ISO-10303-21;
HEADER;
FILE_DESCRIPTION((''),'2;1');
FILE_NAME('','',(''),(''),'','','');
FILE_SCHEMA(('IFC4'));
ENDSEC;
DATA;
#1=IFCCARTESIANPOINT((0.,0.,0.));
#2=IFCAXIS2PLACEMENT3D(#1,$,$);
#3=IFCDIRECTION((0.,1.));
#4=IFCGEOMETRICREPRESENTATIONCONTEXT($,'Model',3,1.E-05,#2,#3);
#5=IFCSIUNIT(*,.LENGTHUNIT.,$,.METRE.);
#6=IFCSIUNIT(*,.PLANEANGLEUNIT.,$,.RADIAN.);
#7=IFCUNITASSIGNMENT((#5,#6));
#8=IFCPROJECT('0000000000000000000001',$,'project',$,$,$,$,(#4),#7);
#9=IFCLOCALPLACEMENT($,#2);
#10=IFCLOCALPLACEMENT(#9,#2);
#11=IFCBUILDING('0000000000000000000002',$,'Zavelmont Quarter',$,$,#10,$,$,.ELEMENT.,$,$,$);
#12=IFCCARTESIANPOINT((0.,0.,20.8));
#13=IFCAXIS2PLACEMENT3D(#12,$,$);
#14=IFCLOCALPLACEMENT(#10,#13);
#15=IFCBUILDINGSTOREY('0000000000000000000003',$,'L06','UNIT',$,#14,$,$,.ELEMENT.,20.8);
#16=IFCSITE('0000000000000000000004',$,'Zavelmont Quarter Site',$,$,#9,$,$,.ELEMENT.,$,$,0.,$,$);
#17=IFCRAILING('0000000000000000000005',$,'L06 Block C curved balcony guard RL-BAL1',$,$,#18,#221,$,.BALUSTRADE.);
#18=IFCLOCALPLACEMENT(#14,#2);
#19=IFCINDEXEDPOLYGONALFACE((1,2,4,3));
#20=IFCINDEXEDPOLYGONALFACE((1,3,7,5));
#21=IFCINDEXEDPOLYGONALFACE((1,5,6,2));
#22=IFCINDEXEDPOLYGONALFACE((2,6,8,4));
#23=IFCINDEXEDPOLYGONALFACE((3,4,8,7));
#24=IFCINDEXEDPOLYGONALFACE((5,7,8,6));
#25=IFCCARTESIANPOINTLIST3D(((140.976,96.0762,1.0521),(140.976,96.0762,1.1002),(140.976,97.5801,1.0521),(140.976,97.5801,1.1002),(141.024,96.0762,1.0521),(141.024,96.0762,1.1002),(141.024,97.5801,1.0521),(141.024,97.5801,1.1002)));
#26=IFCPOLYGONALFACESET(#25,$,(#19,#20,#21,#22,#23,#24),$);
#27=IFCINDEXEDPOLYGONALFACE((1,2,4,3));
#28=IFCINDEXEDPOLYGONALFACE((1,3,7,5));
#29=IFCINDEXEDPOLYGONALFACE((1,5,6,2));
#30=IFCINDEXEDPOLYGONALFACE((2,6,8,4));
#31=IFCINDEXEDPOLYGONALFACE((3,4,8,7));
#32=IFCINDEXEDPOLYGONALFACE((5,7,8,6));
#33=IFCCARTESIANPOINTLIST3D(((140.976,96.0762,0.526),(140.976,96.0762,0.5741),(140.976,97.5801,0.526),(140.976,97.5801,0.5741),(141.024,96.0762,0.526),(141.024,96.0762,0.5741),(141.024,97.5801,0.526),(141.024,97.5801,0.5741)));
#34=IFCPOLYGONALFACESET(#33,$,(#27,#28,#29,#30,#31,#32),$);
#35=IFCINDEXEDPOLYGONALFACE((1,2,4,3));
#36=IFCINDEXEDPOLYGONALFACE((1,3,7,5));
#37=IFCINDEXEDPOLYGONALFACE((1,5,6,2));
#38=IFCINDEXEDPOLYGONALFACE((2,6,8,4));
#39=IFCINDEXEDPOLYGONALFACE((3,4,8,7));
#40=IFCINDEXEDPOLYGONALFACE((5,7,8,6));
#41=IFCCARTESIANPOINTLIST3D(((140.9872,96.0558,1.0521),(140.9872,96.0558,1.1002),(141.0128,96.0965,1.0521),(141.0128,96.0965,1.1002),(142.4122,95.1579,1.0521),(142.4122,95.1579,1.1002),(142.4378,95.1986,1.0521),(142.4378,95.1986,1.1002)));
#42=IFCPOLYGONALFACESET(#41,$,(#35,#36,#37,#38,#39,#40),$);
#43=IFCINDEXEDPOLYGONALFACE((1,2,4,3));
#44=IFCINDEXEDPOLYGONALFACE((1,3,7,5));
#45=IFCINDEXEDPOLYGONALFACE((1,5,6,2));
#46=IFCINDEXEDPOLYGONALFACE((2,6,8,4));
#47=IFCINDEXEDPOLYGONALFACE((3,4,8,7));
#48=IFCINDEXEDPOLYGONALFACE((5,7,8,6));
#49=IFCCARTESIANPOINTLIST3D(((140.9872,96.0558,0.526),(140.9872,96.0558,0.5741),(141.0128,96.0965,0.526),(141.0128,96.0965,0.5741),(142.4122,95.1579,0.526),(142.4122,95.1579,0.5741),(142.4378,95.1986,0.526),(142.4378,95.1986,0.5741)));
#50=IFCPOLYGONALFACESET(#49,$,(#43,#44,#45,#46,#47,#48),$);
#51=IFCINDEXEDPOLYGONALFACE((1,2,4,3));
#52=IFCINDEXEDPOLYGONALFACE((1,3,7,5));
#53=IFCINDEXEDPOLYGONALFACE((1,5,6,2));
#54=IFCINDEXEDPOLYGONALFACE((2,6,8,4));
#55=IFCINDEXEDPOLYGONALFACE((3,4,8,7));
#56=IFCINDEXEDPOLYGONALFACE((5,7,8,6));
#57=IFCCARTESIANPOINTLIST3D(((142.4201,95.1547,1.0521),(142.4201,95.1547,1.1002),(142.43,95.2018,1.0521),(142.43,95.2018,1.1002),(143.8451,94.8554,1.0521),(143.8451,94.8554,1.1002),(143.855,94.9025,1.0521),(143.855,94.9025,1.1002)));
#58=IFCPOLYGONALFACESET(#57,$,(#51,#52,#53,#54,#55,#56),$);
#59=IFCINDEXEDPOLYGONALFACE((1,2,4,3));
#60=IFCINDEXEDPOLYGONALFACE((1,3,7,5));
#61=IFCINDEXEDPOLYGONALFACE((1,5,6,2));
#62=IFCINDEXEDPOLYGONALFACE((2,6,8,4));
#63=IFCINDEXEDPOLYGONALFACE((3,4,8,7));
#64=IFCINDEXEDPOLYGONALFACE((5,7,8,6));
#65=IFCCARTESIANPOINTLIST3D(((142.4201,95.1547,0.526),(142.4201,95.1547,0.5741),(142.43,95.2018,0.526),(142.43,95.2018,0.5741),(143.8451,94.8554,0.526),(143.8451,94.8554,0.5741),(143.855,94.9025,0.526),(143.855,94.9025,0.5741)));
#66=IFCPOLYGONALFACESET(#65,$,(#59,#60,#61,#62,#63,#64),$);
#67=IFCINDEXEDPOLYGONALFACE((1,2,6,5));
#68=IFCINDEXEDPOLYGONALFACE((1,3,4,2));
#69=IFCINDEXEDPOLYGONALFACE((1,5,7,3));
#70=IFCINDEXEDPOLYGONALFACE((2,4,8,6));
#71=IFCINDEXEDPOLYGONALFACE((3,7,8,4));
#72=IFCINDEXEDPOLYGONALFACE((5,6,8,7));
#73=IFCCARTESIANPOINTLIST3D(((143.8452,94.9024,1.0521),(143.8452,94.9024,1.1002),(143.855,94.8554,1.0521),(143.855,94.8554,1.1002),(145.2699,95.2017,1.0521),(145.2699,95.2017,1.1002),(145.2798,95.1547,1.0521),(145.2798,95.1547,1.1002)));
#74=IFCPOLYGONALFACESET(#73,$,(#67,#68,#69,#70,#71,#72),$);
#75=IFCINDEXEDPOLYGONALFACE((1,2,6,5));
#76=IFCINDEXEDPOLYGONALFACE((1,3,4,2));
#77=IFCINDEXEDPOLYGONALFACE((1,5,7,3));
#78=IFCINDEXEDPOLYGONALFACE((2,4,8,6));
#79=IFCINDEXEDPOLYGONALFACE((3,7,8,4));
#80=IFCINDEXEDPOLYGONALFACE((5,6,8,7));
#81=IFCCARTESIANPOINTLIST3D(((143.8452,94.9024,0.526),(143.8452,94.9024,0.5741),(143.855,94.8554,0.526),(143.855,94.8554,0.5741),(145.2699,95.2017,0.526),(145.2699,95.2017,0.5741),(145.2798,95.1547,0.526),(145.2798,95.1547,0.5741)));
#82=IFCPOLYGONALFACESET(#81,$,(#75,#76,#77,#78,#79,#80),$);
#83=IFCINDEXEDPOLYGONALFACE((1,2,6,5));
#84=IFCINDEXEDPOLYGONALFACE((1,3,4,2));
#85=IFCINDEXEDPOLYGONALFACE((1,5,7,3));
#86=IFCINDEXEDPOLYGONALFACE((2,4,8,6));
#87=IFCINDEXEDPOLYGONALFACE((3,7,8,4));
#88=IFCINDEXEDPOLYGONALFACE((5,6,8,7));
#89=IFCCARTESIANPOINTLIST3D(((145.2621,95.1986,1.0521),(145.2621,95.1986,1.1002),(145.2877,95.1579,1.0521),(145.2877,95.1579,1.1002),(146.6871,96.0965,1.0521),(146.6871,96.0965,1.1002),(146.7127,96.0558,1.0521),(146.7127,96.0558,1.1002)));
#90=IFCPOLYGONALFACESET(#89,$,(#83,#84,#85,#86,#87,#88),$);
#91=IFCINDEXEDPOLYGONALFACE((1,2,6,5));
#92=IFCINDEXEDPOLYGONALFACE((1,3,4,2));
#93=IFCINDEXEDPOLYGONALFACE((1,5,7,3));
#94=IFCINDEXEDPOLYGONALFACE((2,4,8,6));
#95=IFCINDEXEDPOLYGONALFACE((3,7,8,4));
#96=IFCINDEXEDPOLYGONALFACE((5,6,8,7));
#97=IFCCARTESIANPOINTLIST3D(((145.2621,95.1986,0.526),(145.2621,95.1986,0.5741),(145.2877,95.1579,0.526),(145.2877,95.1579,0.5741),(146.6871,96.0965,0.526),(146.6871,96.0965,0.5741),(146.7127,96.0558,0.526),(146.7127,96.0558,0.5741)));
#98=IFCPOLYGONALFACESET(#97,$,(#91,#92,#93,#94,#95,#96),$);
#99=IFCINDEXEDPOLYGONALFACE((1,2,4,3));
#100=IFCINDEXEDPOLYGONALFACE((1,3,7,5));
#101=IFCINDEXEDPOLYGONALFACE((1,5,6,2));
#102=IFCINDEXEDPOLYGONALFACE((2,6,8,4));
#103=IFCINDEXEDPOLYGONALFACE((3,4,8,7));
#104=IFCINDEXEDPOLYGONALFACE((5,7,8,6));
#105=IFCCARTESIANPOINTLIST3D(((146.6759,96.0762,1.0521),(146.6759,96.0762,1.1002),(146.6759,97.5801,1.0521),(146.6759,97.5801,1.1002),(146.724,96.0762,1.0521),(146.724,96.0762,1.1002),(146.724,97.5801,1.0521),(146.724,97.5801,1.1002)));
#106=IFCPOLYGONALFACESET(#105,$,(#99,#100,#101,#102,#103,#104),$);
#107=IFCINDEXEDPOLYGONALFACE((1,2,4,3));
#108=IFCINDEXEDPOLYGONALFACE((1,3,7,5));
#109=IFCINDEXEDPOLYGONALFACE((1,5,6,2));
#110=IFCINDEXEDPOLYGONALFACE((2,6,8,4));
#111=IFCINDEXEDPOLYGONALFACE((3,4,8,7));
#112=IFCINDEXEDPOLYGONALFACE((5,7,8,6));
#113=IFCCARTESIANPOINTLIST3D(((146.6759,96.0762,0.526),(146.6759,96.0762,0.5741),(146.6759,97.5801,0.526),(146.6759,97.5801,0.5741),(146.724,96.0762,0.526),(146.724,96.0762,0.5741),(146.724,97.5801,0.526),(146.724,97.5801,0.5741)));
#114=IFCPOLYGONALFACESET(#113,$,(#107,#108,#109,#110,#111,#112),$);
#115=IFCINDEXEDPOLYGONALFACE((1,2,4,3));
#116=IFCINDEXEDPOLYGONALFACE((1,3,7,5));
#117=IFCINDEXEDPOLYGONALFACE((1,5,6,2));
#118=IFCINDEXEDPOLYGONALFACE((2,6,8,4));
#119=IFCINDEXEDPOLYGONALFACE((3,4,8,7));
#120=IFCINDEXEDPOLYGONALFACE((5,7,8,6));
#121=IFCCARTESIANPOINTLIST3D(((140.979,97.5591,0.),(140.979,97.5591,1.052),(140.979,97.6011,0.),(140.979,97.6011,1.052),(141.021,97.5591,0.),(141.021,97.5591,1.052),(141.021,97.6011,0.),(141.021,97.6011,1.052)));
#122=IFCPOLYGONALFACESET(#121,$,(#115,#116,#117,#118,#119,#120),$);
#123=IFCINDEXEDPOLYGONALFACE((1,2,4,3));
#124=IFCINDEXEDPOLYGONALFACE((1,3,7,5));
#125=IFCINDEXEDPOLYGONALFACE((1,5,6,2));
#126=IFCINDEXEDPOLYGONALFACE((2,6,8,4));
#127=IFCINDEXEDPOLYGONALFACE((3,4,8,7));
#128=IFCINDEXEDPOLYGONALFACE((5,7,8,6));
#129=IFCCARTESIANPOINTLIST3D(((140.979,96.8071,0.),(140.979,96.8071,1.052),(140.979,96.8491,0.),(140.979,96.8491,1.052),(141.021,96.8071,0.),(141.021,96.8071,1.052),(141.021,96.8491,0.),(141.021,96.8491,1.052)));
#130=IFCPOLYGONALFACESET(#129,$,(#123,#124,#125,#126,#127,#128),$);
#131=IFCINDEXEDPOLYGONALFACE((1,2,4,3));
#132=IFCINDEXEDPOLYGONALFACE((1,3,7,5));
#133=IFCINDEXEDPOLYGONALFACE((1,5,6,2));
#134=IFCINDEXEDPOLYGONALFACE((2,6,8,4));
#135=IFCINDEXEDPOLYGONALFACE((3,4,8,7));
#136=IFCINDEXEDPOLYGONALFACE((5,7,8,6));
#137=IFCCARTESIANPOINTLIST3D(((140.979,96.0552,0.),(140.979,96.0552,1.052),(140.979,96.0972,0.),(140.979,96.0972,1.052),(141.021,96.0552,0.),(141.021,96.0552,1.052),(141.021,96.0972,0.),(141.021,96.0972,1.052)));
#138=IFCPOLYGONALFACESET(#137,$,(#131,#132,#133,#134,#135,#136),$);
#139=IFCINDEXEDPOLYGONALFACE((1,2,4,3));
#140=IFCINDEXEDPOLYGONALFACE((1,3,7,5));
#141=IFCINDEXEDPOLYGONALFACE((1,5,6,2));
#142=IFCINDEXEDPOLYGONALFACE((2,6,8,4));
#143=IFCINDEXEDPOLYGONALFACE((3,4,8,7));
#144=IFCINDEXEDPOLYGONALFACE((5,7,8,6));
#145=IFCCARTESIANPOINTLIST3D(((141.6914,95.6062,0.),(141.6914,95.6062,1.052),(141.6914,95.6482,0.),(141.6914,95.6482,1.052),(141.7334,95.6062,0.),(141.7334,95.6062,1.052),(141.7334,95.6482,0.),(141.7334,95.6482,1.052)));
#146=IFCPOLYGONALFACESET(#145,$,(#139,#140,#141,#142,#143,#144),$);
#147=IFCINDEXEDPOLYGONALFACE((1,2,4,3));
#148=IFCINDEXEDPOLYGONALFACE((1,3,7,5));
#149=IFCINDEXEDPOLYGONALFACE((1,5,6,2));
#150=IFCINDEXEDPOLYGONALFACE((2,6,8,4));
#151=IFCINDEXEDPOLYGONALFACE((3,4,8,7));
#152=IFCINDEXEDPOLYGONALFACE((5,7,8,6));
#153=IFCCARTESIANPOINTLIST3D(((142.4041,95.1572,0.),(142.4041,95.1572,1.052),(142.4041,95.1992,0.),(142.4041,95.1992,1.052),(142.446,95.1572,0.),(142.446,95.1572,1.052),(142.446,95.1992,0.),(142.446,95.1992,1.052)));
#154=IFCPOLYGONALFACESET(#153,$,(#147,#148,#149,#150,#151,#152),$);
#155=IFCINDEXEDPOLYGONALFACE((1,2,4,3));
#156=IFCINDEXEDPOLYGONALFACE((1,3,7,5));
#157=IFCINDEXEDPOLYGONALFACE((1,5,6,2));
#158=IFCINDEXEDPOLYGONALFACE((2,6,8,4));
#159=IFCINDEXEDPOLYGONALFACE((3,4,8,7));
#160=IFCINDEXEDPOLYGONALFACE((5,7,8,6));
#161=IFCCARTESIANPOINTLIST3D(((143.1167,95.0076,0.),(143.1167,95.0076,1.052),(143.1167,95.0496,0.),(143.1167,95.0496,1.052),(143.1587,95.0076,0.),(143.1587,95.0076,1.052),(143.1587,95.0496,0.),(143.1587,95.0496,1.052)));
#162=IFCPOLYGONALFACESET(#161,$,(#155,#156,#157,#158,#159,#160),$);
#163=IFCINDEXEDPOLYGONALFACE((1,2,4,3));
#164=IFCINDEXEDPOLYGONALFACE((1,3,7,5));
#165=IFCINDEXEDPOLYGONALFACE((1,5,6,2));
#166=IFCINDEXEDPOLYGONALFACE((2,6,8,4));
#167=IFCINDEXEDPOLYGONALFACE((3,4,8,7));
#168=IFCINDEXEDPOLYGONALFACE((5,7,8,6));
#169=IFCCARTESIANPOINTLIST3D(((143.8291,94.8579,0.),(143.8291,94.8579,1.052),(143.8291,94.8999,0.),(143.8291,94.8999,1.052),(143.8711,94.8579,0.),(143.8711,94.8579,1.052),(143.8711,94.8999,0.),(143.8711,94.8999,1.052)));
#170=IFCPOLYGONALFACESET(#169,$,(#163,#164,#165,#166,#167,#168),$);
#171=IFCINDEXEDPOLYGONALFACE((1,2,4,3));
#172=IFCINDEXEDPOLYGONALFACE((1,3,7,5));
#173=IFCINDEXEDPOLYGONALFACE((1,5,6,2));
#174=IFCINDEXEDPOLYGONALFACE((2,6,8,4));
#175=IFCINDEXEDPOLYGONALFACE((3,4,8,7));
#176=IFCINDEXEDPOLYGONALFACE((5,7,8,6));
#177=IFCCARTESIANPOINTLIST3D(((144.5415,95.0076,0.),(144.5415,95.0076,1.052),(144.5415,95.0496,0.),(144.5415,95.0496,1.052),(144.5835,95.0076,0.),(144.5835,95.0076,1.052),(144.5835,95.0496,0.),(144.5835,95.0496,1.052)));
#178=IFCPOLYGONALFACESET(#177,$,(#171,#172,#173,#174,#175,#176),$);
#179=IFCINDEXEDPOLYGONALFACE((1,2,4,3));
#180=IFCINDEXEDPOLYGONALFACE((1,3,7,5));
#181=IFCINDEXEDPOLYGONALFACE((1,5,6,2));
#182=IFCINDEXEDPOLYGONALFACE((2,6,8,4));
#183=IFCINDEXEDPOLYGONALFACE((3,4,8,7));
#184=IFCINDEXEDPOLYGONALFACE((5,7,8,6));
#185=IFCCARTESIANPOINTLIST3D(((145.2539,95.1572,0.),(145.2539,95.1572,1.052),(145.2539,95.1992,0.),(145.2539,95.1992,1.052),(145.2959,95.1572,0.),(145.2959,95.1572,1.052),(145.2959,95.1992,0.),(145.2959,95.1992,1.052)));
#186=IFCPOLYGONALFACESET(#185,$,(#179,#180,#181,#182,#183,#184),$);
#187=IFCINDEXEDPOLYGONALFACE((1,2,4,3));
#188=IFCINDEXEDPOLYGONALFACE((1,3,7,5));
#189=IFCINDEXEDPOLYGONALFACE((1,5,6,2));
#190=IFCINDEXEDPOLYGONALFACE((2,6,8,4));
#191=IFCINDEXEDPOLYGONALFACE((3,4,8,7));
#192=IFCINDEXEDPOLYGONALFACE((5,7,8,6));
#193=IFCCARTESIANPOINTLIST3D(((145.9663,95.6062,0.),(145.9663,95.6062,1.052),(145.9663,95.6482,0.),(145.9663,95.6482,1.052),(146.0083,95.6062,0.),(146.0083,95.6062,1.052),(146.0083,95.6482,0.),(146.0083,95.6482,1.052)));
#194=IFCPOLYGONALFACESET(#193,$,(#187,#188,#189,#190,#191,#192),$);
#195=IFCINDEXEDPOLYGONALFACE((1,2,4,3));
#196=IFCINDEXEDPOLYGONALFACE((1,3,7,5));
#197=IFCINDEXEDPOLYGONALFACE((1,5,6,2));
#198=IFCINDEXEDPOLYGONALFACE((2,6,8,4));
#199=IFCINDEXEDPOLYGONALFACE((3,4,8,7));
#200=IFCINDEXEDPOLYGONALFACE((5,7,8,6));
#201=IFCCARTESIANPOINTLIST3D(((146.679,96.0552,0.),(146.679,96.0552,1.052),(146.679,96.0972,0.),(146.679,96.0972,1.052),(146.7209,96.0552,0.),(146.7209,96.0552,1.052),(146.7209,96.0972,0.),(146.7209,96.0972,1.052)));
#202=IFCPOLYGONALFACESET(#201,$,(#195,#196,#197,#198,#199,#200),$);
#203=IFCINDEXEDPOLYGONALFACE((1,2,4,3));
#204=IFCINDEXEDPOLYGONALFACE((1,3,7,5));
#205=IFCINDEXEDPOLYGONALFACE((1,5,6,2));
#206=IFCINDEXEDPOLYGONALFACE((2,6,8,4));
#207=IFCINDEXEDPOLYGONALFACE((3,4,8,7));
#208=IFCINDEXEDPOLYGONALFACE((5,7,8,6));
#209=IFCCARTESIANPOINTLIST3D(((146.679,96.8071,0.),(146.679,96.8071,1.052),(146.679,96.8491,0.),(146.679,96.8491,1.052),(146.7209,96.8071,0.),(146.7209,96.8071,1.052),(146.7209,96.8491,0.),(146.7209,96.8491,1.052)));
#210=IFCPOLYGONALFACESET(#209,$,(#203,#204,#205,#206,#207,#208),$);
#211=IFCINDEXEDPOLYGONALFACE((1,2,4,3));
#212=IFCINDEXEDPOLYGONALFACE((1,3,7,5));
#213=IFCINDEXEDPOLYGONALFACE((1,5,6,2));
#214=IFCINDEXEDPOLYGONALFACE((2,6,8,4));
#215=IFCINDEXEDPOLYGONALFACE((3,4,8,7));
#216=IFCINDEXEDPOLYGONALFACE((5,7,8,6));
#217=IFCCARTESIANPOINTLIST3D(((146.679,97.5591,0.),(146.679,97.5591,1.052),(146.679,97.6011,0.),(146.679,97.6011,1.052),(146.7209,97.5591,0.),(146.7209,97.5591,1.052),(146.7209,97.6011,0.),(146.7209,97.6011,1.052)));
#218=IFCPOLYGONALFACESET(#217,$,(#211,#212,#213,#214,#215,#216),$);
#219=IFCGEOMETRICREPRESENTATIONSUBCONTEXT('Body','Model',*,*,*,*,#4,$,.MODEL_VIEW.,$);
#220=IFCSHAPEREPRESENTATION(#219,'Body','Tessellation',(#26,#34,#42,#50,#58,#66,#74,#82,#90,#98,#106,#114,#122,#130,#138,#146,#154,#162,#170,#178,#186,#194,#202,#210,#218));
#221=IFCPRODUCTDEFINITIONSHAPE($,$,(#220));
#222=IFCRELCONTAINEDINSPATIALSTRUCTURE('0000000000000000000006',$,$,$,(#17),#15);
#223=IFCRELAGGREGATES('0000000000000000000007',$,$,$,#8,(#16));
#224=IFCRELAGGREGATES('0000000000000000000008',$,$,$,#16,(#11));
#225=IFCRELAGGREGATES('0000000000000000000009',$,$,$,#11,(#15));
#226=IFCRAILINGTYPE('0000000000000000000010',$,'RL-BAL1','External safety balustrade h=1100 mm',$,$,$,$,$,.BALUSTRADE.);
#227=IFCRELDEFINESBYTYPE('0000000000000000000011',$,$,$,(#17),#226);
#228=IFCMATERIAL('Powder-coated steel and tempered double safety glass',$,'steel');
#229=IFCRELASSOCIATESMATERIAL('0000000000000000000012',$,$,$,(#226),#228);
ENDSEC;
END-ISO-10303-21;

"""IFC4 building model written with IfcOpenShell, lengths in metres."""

from ifc_helpers import new_model, si_unit, direction, frame, origin, origin_2d, place, context, subcontext, project, spatial, rectangle, extrude, material, type_object, element, save


model = new_model("IFC4")

# Units and contexts
model_context = context("Model", 3, precision=1e-05, world=origin(), true_north=direction((0.0, 1.0)))
body_context = subcontext(model_context, "Body", "Model", "MODEL_VIEW")
ifc_project = project(units=[si_unit("LENGTHUNIT", "METRE"), si_unit("PLANEANGLEUNIT", "RADIAN")], contexts=[model_context])

# Site, building, storey
site_placement = place(None, origin())
site = spatial("IfcSite", under=ifc_project, at=site_placement, Name="Zavelmont Quarter Site", CompositionType="ELEMENT", RefElevation=0.0)
building_placement = place(site_placement, origin())
building = spatial("IfcBuilding", under=site, at=building_placement, Name="Zavelmont Quarter", CompositionType="ELEMENT")
storey_placement = place(building_placement, frame((0.0, 0.0, 20.8)))
storey = spatial("IfcBuildingStorey", under=building, at=storey_placement, Name="L06", Description="UNIT", CompositionType="ELEMENT", Elevation=20.8)

# Railing
ifc_material_1 = material(Name="Powder-coated steel and tempered double safety glass", Category="steel")
railing_type = type_object("IfcRailingType", Name="RL-BAL1", Description="External safety balustrade h=1100 mm", PredefinedType="BALUSTRADE", material=ifc_material_1)
railing_placement = place(storey_placement, frame((141.0, 97.5801, 0.0)))
element("IfcRailing", 1, at=railing_placement, inside=storey, type_object=railing_type, Name="L06 Block C curved balcony guard RL-BAL1", PredefinedType="BALUSTRADE", context=body_context, shape_type="SweptSolid", body=[
    extrude(rectangle(XDim=0.0481, YDim=0.0481, at=origin_2d()), frame((0.0, 0.0, 1.0762), z_axis=(0.0, -1.0, 0.0), x_axis=(1.0, 0.0, 0.0)), (0.0, 0.0, 1.0), 1.5039),
    extrude(rectangle(XDim=0.0481, YDim=0.0481, at=origin_2d()), frame((0.0, 0.0, 0.55), z_axis=(0.0, -1.0, 0.0), x_axis=(1.0, 0.0, 0.0)), (0.0, 0.0, 1.0), 1.5039),
    extrude(rectangle(XDim=0.0481, YDim=0.0481, at=origin_2d()), frame((0.0, -1.5039, 1.0762), z_axis=(0.846046, -0.533109, 0.0), x_axis=(0.533109, 0.846046, 0.0)), (0.0, 0.0, 1.0), 1.6843),
    extrude(rectangle(XDim=0.0481, YDim=0.0481, at=origin_2d()), frame((0.0, -1.5039, 0.55), z_axis=(0.846046, -0.533109, 0.0), x_axis=(0.533109, 0.846046, 0.0)), (0.0, 0.0, 1.0), 1.6843),
    extrude(rectangle(XDim=0.0481, YDim=0.0481, at=origin_2d()), frame((1.425, -2.4019, 1.0762), z_axis=(0.978646, -0.205554, 0.0), x_axis=(0.205554, 0.978646, 0.0)), (0.0, 0.0, 1.0), 1.4561),
    extrude(rectangle(XDim=0.0481, YDim=0.0481, at=origin_2d()), frame((1.425, -2.4019, 0.55), z_axis=(0.978646, -0.205554, 0.0), x_axis=(0.205554, 0.978646, 0.0)), (0.0, 0.0, 1.0), 1.4561),
    extrude(rectangle(XDim=0.0481, YDim=0.0481, at=origin_2d()), frame((2.8501, -2.7012, 1.0762), z_axis=(0.978639, 0.205588, 0.0), x_axis=(-0.205588, 0.978639, 0.0)), (0.0, 0.0, 1.0), 1.4558),
    extrude(rectangle(XDim=0.0481, YDim=0.0481, at=origin_2d()), frame((2.8501, -2.7012, 0.55), z_axis=(0.978639, 0.205588, 0.0), x_axis=(-0.205588, 0.978639, 0.0)), (0.0, 0.0, 1.0), 1.4558),
    extrude(rectangle(XDim=0.0481, YDim=0.0481, at=origin_2d()), frame((4.2749, -2.4019, 1.0762), z_axis=(0.846046, 0.533109, 0.0), x_axis=(-0.533109, 0.846046, 0.0)), (0.0, 0.0, 1.0), 1.6843),
    extrude(rectangle(XDim=0.0481, YDim=0.0481, at=origin_2d()), frame((4.2749, -2.4019, 0.55), z_axis=(0.846046, 0.533109, 0.0), x_axis=(-0.533109, 0.846046, 0.0)), (0.0, 0.0, 1.0), 1.6843),
    extrude(rectangle(XDim=0.0481, YDim=0.0481, at=origin_2d()), frame((5.7, -1.5039, 1.0762), z_axis=(0.0, 1.0, 0.0), x_axis=(-1.0, 0.0, 0.0)), (0.0, 0.0, 1.0), 1.5039),
    extrude(rectangle(XDim=0.0481, YDim=0.0481, at=origin_2d()), frame((5.7, -1.5039, 0.55), z_axis=(0.0, 1.0, 0.0), x_axis=(-1.0, 0.0, 0.0)), (0.0, 0.0, 1.0), 1.5039),
    extrude(rectangle(XDim=0.042, YDim=0.042, at=origin_2d()), origin(), (0.0, 0.0, 1.0), 1.052),
    extrude(rectangle(XDim=0.042, YDim=0.042, at=origin_2d()), frame((0.0, -0.752, 0.0)), (0.0, 0.0, 1.0), 1.052),
    extrude(rectangle(XDim=0.042, YDim=0.042, at=origin_2d()), frame((0.0, -1.5039, 0.0)), (0.0, 0.0, 1.0), 1.052),
    extrude(rectangle(XDim=0.042, YDim=0.042, at=origin_2d()), frame((0.7124, -1.9529, 0.0)), (0.0, 0.0, 1.0), 1.052),
    extrude(rectangle(XDim=0.042, YDim=0.042, at=origin_2d()), frame((1.425, -2.4019, 0.0)), (0.0, 0.0, 1.0), 1.052),
    extrude(rectangle(XDim=0.042, YDim=0.042, at=origin_2d()), frame((2.1377, -2.5515, 0.0)), (0.0, 0.0, 1.0), 1.052),
    extrude(rectangle(XDim=0.042, YDim=0.042, at=origin_2d()), frame((2.8501, -2.7012, 0.0)), (0.0, 0.0, 1.0), 1.052),
    extrude(rectangle(XDim=0.042, YDim=0.042, at=origin_2d()), frame((3.5625, -2.5515, 0.0)), (0.0, 0.0, 1.0), 1.052),
    extrude(rectangle(XDim=0.042, YDim=0.042, at=origin_2d()), frame((4.2749, -2.4019, 0.0)), (0.0, 0.0, 1.0), 1.052),
    extrude(rectangle(XDim=0.042, YDim=0.042, at=origin_2d()), frame((4.9873, -1.9529, 0.0)), (0.0, 0.0, 1.0), 1.052),
    extrude(rectangle(XDim=0.042, YDim=0.042, at=origin_2d()), frame((5.7, -1.5039, 0.0)), (0.0, 0.0, 1.0), 1.052),
    extrude(rectangle(XDim=0.042, YDim=0.042, at=origin_2d()), frame((5.7, -0.752, 0.0)), (0.0, 0.0, 1.0), 1.052),
    extrude(rectangle(XDim=0.042, YDim=0.042, at=origin_2d()), frame((5.7, 0.0, 0.0)), (0.0, 0.0, 1.0), 1.052),
])

save(model, "model.ifc")
